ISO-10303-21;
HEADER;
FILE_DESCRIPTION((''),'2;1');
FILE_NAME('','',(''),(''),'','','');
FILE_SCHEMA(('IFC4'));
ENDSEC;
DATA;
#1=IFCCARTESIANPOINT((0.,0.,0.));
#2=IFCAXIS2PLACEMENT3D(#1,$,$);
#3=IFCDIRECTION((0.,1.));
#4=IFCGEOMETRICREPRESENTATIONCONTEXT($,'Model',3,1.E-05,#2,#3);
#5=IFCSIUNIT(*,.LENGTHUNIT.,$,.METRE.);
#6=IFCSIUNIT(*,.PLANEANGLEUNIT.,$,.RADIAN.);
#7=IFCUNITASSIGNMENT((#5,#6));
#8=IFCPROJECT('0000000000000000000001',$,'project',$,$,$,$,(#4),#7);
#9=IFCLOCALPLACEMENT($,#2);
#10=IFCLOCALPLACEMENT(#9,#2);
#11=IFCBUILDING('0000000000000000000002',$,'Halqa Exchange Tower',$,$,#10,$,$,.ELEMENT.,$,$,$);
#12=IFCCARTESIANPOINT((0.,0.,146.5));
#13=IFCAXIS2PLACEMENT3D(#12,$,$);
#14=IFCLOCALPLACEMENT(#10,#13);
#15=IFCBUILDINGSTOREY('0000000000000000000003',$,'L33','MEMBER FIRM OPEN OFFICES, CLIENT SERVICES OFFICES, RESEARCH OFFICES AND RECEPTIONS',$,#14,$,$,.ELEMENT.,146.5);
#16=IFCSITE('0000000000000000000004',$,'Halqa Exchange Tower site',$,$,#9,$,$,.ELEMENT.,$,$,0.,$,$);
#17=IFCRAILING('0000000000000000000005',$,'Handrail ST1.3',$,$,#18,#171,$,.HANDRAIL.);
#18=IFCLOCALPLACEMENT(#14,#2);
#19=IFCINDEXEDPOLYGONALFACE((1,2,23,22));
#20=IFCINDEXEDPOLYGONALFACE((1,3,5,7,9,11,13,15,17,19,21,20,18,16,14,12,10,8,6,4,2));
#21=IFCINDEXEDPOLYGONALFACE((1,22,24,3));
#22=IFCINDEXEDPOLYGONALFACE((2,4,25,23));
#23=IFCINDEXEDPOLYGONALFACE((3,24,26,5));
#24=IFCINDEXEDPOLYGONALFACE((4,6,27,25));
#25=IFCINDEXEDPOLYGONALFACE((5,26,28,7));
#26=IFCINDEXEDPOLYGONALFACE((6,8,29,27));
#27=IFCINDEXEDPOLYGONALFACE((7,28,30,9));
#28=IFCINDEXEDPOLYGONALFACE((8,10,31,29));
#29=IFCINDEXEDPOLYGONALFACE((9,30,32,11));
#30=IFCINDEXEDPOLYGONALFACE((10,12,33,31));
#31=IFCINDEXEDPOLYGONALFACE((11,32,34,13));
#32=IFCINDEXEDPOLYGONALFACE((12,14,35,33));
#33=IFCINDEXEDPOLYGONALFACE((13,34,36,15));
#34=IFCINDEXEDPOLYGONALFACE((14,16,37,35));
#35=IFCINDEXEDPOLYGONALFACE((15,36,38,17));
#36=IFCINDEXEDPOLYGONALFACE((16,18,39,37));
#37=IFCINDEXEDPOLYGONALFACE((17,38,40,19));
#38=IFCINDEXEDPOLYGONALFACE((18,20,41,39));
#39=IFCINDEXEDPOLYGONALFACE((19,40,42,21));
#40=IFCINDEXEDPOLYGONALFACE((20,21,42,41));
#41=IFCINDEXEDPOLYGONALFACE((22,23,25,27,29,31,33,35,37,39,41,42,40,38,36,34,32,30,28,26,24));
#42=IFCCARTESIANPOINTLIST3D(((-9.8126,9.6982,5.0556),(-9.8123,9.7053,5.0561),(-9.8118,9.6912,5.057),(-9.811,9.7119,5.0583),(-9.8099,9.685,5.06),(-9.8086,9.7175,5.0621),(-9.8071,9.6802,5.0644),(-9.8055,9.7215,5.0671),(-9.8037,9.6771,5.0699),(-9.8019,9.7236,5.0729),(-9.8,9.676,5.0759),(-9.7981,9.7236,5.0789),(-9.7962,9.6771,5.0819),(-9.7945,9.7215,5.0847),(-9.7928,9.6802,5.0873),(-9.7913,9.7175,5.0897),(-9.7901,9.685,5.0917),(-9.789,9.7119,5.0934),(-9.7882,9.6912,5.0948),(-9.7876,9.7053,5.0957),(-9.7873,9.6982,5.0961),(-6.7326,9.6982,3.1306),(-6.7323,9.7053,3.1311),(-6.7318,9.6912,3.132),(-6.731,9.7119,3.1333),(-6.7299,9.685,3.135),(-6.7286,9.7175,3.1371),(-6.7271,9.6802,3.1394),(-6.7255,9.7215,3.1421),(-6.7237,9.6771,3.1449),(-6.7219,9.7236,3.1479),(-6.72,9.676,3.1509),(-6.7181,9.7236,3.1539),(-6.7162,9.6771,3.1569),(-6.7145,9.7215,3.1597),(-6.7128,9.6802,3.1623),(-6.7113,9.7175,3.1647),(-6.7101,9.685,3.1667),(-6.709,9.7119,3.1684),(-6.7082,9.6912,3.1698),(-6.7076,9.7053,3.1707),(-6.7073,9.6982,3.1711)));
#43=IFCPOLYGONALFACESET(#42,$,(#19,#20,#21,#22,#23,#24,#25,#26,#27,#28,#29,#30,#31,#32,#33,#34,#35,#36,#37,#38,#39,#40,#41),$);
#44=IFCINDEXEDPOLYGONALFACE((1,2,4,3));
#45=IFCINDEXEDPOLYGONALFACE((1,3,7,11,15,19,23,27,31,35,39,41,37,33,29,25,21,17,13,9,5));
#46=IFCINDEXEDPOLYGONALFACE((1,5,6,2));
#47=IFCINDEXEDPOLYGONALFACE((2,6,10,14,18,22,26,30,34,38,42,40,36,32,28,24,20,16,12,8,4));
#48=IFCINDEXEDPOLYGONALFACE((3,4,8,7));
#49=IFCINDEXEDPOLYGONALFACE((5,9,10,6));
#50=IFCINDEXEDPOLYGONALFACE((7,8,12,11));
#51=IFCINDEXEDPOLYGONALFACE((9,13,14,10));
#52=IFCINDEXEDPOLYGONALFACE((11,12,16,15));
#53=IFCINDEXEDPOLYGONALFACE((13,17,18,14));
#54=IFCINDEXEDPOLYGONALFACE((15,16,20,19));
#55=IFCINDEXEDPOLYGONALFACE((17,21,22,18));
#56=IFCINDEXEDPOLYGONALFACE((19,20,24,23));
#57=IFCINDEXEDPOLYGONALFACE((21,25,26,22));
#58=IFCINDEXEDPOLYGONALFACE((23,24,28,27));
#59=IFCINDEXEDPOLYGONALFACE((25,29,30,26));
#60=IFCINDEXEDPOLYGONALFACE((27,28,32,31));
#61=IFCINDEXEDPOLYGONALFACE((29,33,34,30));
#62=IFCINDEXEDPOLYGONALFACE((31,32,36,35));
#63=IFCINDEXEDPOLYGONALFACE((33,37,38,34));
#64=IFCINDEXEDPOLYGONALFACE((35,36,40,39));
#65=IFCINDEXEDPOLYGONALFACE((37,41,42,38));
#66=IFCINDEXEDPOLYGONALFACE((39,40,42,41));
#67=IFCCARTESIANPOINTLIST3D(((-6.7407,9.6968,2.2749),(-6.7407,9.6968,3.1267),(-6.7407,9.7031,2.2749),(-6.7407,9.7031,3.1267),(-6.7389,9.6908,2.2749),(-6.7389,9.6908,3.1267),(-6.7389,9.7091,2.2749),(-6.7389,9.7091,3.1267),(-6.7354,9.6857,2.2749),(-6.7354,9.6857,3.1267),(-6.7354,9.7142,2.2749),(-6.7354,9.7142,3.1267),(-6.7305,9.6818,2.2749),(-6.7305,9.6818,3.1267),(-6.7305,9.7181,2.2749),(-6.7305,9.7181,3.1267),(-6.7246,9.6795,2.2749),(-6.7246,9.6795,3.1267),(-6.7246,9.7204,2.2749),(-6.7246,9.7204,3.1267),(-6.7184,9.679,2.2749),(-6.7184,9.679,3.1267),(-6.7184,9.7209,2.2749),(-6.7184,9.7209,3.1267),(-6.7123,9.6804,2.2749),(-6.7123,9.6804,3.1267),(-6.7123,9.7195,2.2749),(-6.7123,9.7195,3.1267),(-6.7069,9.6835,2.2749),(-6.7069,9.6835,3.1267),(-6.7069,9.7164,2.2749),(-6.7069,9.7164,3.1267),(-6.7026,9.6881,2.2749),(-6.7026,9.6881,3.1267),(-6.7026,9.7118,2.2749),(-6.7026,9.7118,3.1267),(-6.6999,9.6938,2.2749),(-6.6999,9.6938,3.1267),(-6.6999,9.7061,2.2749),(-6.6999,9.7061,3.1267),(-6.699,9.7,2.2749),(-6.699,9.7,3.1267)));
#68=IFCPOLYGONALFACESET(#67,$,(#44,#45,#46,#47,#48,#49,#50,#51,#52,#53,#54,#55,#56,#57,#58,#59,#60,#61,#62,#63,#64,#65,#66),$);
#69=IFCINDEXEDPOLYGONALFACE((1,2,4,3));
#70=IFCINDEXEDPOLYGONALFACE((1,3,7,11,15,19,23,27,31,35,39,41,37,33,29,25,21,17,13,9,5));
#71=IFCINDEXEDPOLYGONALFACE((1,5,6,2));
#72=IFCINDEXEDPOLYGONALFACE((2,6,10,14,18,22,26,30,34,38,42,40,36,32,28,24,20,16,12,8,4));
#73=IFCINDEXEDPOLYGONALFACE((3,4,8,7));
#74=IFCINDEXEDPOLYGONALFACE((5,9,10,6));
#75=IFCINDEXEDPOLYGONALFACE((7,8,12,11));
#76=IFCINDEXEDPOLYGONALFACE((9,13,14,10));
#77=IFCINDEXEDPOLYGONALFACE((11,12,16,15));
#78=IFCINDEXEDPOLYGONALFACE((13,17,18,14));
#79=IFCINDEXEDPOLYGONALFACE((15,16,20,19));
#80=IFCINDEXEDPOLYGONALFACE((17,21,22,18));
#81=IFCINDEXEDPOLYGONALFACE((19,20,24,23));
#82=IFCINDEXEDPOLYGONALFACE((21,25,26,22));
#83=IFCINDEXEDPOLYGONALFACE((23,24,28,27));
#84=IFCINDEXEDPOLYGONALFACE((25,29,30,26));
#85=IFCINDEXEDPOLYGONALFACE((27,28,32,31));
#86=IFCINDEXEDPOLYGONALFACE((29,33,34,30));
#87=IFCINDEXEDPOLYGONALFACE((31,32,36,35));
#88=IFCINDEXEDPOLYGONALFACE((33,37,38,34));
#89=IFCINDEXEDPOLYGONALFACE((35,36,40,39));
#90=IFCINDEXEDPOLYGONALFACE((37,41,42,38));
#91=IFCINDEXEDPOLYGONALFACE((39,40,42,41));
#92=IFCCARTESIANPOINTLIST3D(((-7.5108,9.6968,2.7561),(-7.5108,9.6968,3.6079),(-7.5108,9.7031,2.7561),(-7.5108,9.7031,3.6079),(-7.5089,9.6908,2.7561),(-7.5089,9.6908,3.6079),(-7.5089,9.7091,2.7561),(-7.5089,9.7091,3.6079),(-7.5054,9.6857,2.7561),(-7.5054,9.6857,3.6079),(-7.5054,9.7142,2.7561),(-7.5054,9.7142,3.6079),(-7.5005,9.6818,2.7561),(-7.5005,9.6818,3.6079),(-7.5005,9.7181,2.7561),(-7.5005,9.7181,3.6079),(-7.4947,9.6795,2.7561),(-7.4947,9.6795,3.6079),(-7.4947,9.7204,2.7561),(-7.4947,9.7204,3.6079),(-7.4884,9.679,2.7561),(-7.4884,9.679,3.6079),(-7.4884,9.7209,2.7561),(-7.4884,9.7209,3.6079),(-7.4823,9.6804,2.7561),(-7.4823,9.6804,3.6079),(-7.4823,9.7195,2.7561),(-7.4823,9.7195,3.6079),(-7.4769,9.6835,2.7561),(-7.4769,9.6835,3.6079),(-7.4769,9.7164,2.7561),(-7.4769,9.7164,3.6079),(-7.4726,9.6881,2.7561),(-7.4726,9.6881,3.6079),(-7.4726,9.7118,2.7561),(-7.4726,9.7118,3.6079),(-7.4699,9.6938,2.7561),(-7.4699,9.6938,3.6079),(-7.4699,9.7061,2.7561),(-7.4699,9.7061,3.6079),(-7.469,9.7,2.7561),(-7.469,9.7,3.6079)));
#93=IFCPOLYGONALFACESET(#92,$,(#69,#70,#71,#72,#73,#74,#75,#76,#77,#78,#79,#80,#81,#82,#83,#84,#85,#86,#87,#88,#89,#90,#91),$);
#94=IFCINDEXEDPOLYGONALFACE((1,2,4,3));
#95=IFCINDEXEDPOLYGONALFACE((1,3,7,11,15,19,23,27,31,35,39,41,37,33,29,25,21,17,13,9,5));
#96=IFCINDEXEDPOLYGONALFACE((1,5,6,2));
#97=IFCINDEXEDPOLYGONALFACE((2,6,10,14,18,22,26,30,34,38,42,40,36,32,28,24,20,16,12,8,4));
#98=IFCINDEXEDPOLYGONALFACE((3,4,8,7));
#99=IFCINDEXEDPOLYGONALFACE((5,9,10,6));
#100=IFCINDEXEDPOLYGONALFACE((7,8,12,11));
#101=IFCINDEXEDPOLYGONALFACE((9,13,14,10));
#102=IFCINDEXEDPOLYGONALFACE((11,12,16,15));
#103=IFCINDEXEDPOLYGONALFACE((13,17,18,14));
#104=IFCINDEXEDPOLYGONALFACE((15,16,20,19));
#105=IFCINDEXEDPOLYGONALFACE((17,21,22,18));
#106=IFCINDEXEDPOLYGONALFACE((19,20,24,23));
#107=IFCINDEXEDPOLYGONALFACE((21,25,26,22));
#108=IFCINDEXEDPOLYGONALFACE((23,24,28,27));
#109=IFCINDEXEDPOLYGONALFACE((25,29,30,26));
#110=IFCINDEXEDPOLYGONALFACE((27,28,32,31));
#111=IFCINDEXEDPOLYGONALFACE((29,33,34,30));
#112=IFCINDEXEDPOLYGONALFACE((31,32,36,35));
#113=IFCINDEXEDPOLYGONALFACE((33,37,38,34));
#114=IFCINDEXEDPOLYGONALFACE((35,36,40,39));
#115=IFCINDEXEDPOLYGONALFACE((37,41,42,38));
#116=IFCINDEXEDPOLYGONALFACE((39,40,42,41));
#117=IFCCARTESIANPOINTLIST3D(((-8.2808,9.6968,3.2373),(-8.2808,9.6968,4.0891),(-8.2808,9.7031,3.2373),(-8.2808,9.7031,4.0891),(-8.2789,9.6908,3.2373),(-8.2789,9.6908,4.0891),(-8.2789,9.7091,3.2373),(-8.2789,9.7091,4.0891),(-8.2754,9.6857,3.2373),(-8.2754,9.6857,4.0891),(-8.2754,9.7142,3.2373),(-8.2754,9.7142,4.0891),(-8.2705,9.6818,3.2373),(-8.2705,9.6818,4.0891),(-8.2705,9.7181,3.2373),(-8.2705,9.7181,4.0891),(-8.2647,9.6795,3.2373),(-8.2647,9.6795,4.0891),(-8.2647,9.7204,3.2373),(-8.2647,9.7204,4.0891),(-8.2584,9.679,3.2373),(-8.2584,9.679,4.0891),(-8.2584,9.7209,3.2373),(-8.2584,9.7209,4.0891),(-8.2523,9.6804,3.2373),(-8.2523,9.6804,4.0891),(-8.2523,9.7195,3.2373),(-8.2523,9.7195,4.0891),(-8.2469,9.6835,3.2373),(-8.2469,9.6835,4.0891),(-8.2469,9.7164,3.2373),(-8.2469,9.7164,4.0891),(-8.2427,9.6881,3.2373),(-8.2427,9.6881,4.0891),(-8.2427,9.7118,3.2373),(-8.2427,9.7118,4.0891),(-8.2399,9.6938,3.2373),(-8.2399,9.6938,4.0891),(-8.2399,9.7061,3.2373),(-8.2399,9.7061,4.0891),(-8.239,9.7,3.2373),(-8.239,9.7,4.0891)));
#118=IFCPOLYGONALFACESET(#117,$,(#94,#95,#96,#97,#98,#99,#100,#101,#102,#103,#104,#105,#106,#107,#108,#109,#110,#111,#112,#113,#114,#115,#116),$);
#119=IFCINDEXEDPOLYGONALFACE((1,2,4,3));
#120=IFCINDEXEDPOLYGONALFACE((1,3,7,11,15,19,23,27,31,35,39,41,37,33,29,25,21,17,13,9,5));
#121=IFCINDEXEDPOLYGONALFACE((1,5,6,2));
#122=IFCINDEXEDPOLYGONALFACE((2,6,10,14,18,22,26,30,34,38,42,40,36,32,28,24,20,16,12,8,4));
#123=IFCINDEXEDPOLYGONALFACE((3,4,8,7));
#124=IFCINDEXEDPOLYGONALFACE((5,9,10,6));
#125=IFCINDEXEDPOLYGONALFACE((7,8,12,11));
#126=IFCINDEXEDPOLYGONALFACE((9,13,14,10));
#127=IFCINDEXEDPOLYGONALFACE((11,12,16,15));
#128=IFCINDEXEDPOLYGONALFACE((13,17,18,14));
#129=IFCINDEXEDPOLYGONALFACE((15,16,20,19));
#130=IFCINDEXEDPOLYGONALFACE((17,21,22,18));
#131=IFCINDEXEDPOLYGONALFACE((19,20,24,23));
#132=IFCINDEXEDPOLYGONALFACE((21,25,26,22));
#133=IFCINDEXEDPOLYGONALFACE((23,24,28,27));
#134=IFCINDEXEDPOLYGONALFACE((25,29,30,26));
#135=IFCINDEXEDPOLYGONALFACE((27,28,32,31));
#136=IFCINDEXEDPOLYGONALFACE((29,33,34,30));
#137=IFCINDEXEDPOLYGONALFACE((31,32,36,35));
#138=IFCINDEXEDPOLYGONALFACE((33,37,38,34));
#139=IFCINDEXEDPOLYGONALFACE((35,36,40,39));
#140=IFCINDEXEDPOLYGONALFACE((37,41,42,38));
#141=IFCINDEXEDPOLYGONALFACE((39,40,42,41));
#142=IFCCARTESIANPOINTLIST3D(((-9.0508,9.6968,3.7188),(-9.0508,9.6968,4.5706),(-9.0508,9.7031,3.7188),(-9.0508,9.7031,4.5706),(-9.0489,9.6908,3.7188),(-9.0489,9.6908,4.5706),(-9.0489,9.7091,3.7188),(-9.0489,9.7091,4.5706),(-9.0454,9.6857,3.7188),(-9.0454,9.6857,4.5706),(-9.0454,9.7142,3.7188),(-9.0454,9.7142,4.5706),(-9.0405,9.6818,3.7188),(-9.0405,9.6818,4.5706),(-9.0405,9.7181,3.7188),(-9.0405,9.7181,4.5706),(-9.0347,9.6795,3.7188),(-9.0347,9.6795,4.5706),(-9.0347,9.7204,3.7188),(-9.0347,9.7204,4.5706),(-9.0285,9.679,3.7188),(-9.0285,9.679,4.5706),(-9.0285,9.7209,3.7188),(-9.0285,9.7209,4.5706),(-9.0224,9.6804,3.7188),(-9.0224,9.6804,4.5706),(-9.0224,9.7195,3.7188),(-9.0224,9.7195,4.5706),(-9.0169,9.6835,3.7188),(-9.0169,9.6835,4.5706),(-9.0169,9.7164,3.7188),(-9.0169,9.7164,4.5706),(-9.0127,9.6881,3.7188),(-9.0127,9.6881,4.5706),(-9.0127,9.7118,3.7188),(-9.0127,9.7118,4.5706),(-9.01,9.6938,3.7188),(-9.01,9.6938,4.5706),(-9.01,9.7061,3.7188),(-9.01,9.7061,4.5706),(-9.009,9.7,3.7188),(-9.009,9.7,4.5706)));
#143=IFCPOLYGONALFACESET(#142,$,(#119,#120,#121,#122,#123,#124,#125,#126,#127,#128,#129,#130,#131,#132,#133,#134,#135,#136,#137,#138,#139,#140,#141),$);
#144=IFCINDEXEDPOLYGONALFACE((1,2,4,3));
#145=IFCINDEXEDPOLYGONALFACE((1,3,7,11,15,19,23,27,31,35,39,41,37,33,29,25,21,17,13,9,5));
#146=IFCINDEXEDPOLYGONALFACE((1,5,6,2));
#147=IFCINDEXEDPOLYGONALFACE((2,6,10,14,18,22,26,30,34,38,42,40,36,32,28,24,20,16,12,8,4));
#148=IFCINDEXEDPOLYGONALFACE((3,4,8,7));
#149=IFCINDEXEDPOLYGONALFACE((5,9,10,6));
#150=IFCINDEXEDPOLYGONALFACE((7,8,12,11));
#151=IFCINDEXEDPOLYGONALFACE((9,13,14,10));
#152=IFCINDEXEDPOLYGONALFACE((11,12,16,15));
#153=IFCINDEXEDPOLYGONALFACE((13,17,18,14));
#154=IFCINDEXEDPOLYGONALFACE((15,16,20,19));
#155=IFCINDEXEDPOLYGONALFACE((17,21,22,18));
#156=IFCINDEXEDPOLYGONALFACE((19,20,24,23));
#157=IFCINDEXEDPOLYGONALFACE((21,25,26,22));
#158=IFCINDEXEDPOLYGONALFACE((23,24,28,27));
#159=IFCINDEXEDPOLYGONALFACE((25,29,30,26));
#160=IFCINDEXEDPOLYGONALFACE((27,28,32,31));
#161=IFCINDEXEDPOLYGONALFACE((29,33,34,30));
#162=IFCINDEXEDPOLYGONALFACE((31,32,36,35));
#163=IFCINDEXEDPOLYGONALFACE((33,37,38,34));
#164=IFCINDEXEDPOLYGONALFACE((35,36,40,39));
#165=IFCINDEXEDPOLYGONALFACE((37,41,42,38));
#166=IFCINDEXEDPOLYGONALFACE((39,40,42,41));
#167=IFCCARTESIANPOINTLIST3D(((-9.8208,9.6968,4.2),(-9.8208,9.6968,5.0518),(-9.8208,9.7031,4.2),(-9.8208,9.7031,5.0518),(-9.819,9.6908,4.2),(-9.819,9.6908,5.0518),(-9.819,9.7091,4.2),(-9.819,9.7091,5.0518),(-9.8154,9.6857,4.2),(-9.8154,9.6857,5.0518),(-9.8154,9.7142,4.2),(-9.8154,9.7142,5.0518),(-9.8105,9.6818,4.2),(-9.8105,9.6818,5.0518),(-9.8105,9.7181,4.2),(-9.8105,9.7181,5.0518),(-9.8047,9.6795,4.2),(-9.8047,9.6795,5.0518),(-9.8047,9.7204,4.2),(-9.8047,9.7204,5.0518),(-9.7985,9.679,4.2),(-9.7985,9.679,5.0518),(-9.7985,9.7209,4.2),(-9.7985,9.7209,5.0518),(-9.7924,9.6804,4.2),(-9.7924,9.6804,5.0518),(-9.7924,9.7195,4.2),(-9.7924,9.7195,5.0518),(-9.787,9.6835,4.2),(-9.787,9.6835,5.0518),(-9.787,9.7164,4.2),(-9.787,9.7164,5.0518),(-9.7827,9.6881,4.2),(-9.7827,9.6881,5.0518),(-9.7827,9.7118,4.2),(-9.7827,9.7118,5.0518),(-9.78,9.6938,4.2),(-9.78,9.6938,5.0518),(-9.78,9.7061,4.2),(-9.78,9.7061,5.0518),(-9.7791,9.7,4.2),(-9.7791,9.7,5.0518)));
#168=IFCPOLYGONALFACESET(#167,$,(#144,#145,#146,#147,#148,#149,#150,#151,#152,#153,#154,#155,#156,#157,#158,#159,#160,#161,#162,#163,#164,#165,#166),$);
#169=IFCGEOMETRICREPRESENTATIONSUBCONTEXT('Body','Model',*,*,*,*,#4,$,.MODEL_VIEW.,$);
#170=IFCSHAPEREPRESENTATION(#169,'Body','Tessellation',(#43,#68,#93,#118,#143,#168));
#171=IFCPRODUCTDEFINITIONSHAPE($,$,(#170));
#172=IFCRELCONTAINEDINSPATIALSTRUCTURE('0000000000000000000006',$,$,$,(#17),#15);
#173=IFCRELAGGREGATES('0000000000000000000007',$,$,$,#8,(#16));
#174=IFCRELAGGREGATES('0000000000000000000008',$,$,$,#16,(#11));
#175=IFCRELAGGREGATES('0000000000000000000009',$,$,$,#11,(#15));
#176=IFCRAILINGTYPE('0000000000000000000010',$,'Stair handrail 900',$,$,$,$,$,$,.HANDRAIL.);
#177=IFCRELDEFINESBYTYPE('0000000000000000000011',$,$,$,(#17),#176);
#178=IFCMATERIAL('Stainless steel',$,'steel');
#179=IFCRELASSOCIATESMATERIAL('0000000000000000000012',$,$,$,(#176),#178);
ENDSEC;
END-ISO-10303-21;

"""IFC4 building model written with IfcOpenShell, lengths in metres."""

from ifc_helpers import new_model, si_unit, direction, frame, origin, origin_2d, place, context, subcontext, project, spatial, circle, extrude, material, type_object, element, save


model = new_model("IFC4")

# Units and contexts
model_context = context("Model", 3, precision=1e-05, world=origin(), true_north=direction((0.0, 1.0)))
body_context = subcontext(model_context, "Body", "Model", "MODEL_VIEW")
ifc_project = project(units=[si_unit("LENGTHUNIT", "METRE"), si_unit("PLANEANGLEUNIT", "RADIAN")], contexts=[model_context])

# Site, building, storey
site_placement = place(None, origin())
site = spatial("IfcSite", under=ifc_project, at=site_placement, Name="Halqa Exchange Tower site", CompositionType="ELEMENT", RefElevation=0.0)
building_placement = place(site_placement, origin())
building = spatial("IfcBuilding", under=site, at=building_placement, Name="Halqa Exchange Tower", CompositionType="ELEMENT")
storey_placement = place(building_placement, frame((0.0, 0.0, 146.5)))
storey = spatial("IfcBuildingStorey", under=building, at=storey_placement, Name="L33", Description="MEMBER FIRM OPEN OFFICES, CLIENT SERVICES OFFICES, RESEARCH OFFICES AND RECEPTIONS", CompositionType="ELEMENT", Elevation=146.5)

# Railing
ifc_material_1 = material(Name="Stainless steel", Category="steel")
railing_type_1 = type_object("IfcRailingType", Name="Stair handrail 900", PredefinedType="HANDRAIL", material=ifc_material_1)
railing_1_placement = place(storey_placement, frame((-6.72, 9.7, 2.2749)))
element("IfcRailing", 1, at=railing_1_placement, inside=storey, type_object=railing_type_1, Name="Handrail ST1.3", PredefinedType="HANDRAIL", context=body_context, shape_type="SweptSolid", body=[
    extrude(circle(Radius=0.0239, at=origin_2d()), frame((0.0, 0.0, 0.876), z_axis=(-0.847998, 0.0, 0.529999), x_axis=(0.0, -1.0, 0.0)), (0.0, 0.0, 1.0), 3.6321),
    extrude(circle(Radius=0.021, at=origin_2d()), origin(), (0.0, 0.0, 1.0), 0.8518),
    extrude(circle(Radius=0.021, at=origin_2d()), frame((-0.77, 0.0, 0.4812)), (0.0, 0.0, 1.0), 0.8518),
    extrude(circle(Radius=0.021, at=origin_2d()), frame((-1.54, 0.0, 0.9624)), (0.0, 0.0, 1.0), 0.8518),
    extrude(circle(Radius=0.021, at=origin_2d()), frame((-2.3101, 0.0, 1.4438)), (0.0, 0.0, 1.0), 0.8518),
    extrude(circle(Radius=0.021, at=origin_2d()), frame((-3.0801, 0.0, 1.925)), (0.0, 0.0, 1.0), 0.8518),
])

save(model, "model.ifc")
